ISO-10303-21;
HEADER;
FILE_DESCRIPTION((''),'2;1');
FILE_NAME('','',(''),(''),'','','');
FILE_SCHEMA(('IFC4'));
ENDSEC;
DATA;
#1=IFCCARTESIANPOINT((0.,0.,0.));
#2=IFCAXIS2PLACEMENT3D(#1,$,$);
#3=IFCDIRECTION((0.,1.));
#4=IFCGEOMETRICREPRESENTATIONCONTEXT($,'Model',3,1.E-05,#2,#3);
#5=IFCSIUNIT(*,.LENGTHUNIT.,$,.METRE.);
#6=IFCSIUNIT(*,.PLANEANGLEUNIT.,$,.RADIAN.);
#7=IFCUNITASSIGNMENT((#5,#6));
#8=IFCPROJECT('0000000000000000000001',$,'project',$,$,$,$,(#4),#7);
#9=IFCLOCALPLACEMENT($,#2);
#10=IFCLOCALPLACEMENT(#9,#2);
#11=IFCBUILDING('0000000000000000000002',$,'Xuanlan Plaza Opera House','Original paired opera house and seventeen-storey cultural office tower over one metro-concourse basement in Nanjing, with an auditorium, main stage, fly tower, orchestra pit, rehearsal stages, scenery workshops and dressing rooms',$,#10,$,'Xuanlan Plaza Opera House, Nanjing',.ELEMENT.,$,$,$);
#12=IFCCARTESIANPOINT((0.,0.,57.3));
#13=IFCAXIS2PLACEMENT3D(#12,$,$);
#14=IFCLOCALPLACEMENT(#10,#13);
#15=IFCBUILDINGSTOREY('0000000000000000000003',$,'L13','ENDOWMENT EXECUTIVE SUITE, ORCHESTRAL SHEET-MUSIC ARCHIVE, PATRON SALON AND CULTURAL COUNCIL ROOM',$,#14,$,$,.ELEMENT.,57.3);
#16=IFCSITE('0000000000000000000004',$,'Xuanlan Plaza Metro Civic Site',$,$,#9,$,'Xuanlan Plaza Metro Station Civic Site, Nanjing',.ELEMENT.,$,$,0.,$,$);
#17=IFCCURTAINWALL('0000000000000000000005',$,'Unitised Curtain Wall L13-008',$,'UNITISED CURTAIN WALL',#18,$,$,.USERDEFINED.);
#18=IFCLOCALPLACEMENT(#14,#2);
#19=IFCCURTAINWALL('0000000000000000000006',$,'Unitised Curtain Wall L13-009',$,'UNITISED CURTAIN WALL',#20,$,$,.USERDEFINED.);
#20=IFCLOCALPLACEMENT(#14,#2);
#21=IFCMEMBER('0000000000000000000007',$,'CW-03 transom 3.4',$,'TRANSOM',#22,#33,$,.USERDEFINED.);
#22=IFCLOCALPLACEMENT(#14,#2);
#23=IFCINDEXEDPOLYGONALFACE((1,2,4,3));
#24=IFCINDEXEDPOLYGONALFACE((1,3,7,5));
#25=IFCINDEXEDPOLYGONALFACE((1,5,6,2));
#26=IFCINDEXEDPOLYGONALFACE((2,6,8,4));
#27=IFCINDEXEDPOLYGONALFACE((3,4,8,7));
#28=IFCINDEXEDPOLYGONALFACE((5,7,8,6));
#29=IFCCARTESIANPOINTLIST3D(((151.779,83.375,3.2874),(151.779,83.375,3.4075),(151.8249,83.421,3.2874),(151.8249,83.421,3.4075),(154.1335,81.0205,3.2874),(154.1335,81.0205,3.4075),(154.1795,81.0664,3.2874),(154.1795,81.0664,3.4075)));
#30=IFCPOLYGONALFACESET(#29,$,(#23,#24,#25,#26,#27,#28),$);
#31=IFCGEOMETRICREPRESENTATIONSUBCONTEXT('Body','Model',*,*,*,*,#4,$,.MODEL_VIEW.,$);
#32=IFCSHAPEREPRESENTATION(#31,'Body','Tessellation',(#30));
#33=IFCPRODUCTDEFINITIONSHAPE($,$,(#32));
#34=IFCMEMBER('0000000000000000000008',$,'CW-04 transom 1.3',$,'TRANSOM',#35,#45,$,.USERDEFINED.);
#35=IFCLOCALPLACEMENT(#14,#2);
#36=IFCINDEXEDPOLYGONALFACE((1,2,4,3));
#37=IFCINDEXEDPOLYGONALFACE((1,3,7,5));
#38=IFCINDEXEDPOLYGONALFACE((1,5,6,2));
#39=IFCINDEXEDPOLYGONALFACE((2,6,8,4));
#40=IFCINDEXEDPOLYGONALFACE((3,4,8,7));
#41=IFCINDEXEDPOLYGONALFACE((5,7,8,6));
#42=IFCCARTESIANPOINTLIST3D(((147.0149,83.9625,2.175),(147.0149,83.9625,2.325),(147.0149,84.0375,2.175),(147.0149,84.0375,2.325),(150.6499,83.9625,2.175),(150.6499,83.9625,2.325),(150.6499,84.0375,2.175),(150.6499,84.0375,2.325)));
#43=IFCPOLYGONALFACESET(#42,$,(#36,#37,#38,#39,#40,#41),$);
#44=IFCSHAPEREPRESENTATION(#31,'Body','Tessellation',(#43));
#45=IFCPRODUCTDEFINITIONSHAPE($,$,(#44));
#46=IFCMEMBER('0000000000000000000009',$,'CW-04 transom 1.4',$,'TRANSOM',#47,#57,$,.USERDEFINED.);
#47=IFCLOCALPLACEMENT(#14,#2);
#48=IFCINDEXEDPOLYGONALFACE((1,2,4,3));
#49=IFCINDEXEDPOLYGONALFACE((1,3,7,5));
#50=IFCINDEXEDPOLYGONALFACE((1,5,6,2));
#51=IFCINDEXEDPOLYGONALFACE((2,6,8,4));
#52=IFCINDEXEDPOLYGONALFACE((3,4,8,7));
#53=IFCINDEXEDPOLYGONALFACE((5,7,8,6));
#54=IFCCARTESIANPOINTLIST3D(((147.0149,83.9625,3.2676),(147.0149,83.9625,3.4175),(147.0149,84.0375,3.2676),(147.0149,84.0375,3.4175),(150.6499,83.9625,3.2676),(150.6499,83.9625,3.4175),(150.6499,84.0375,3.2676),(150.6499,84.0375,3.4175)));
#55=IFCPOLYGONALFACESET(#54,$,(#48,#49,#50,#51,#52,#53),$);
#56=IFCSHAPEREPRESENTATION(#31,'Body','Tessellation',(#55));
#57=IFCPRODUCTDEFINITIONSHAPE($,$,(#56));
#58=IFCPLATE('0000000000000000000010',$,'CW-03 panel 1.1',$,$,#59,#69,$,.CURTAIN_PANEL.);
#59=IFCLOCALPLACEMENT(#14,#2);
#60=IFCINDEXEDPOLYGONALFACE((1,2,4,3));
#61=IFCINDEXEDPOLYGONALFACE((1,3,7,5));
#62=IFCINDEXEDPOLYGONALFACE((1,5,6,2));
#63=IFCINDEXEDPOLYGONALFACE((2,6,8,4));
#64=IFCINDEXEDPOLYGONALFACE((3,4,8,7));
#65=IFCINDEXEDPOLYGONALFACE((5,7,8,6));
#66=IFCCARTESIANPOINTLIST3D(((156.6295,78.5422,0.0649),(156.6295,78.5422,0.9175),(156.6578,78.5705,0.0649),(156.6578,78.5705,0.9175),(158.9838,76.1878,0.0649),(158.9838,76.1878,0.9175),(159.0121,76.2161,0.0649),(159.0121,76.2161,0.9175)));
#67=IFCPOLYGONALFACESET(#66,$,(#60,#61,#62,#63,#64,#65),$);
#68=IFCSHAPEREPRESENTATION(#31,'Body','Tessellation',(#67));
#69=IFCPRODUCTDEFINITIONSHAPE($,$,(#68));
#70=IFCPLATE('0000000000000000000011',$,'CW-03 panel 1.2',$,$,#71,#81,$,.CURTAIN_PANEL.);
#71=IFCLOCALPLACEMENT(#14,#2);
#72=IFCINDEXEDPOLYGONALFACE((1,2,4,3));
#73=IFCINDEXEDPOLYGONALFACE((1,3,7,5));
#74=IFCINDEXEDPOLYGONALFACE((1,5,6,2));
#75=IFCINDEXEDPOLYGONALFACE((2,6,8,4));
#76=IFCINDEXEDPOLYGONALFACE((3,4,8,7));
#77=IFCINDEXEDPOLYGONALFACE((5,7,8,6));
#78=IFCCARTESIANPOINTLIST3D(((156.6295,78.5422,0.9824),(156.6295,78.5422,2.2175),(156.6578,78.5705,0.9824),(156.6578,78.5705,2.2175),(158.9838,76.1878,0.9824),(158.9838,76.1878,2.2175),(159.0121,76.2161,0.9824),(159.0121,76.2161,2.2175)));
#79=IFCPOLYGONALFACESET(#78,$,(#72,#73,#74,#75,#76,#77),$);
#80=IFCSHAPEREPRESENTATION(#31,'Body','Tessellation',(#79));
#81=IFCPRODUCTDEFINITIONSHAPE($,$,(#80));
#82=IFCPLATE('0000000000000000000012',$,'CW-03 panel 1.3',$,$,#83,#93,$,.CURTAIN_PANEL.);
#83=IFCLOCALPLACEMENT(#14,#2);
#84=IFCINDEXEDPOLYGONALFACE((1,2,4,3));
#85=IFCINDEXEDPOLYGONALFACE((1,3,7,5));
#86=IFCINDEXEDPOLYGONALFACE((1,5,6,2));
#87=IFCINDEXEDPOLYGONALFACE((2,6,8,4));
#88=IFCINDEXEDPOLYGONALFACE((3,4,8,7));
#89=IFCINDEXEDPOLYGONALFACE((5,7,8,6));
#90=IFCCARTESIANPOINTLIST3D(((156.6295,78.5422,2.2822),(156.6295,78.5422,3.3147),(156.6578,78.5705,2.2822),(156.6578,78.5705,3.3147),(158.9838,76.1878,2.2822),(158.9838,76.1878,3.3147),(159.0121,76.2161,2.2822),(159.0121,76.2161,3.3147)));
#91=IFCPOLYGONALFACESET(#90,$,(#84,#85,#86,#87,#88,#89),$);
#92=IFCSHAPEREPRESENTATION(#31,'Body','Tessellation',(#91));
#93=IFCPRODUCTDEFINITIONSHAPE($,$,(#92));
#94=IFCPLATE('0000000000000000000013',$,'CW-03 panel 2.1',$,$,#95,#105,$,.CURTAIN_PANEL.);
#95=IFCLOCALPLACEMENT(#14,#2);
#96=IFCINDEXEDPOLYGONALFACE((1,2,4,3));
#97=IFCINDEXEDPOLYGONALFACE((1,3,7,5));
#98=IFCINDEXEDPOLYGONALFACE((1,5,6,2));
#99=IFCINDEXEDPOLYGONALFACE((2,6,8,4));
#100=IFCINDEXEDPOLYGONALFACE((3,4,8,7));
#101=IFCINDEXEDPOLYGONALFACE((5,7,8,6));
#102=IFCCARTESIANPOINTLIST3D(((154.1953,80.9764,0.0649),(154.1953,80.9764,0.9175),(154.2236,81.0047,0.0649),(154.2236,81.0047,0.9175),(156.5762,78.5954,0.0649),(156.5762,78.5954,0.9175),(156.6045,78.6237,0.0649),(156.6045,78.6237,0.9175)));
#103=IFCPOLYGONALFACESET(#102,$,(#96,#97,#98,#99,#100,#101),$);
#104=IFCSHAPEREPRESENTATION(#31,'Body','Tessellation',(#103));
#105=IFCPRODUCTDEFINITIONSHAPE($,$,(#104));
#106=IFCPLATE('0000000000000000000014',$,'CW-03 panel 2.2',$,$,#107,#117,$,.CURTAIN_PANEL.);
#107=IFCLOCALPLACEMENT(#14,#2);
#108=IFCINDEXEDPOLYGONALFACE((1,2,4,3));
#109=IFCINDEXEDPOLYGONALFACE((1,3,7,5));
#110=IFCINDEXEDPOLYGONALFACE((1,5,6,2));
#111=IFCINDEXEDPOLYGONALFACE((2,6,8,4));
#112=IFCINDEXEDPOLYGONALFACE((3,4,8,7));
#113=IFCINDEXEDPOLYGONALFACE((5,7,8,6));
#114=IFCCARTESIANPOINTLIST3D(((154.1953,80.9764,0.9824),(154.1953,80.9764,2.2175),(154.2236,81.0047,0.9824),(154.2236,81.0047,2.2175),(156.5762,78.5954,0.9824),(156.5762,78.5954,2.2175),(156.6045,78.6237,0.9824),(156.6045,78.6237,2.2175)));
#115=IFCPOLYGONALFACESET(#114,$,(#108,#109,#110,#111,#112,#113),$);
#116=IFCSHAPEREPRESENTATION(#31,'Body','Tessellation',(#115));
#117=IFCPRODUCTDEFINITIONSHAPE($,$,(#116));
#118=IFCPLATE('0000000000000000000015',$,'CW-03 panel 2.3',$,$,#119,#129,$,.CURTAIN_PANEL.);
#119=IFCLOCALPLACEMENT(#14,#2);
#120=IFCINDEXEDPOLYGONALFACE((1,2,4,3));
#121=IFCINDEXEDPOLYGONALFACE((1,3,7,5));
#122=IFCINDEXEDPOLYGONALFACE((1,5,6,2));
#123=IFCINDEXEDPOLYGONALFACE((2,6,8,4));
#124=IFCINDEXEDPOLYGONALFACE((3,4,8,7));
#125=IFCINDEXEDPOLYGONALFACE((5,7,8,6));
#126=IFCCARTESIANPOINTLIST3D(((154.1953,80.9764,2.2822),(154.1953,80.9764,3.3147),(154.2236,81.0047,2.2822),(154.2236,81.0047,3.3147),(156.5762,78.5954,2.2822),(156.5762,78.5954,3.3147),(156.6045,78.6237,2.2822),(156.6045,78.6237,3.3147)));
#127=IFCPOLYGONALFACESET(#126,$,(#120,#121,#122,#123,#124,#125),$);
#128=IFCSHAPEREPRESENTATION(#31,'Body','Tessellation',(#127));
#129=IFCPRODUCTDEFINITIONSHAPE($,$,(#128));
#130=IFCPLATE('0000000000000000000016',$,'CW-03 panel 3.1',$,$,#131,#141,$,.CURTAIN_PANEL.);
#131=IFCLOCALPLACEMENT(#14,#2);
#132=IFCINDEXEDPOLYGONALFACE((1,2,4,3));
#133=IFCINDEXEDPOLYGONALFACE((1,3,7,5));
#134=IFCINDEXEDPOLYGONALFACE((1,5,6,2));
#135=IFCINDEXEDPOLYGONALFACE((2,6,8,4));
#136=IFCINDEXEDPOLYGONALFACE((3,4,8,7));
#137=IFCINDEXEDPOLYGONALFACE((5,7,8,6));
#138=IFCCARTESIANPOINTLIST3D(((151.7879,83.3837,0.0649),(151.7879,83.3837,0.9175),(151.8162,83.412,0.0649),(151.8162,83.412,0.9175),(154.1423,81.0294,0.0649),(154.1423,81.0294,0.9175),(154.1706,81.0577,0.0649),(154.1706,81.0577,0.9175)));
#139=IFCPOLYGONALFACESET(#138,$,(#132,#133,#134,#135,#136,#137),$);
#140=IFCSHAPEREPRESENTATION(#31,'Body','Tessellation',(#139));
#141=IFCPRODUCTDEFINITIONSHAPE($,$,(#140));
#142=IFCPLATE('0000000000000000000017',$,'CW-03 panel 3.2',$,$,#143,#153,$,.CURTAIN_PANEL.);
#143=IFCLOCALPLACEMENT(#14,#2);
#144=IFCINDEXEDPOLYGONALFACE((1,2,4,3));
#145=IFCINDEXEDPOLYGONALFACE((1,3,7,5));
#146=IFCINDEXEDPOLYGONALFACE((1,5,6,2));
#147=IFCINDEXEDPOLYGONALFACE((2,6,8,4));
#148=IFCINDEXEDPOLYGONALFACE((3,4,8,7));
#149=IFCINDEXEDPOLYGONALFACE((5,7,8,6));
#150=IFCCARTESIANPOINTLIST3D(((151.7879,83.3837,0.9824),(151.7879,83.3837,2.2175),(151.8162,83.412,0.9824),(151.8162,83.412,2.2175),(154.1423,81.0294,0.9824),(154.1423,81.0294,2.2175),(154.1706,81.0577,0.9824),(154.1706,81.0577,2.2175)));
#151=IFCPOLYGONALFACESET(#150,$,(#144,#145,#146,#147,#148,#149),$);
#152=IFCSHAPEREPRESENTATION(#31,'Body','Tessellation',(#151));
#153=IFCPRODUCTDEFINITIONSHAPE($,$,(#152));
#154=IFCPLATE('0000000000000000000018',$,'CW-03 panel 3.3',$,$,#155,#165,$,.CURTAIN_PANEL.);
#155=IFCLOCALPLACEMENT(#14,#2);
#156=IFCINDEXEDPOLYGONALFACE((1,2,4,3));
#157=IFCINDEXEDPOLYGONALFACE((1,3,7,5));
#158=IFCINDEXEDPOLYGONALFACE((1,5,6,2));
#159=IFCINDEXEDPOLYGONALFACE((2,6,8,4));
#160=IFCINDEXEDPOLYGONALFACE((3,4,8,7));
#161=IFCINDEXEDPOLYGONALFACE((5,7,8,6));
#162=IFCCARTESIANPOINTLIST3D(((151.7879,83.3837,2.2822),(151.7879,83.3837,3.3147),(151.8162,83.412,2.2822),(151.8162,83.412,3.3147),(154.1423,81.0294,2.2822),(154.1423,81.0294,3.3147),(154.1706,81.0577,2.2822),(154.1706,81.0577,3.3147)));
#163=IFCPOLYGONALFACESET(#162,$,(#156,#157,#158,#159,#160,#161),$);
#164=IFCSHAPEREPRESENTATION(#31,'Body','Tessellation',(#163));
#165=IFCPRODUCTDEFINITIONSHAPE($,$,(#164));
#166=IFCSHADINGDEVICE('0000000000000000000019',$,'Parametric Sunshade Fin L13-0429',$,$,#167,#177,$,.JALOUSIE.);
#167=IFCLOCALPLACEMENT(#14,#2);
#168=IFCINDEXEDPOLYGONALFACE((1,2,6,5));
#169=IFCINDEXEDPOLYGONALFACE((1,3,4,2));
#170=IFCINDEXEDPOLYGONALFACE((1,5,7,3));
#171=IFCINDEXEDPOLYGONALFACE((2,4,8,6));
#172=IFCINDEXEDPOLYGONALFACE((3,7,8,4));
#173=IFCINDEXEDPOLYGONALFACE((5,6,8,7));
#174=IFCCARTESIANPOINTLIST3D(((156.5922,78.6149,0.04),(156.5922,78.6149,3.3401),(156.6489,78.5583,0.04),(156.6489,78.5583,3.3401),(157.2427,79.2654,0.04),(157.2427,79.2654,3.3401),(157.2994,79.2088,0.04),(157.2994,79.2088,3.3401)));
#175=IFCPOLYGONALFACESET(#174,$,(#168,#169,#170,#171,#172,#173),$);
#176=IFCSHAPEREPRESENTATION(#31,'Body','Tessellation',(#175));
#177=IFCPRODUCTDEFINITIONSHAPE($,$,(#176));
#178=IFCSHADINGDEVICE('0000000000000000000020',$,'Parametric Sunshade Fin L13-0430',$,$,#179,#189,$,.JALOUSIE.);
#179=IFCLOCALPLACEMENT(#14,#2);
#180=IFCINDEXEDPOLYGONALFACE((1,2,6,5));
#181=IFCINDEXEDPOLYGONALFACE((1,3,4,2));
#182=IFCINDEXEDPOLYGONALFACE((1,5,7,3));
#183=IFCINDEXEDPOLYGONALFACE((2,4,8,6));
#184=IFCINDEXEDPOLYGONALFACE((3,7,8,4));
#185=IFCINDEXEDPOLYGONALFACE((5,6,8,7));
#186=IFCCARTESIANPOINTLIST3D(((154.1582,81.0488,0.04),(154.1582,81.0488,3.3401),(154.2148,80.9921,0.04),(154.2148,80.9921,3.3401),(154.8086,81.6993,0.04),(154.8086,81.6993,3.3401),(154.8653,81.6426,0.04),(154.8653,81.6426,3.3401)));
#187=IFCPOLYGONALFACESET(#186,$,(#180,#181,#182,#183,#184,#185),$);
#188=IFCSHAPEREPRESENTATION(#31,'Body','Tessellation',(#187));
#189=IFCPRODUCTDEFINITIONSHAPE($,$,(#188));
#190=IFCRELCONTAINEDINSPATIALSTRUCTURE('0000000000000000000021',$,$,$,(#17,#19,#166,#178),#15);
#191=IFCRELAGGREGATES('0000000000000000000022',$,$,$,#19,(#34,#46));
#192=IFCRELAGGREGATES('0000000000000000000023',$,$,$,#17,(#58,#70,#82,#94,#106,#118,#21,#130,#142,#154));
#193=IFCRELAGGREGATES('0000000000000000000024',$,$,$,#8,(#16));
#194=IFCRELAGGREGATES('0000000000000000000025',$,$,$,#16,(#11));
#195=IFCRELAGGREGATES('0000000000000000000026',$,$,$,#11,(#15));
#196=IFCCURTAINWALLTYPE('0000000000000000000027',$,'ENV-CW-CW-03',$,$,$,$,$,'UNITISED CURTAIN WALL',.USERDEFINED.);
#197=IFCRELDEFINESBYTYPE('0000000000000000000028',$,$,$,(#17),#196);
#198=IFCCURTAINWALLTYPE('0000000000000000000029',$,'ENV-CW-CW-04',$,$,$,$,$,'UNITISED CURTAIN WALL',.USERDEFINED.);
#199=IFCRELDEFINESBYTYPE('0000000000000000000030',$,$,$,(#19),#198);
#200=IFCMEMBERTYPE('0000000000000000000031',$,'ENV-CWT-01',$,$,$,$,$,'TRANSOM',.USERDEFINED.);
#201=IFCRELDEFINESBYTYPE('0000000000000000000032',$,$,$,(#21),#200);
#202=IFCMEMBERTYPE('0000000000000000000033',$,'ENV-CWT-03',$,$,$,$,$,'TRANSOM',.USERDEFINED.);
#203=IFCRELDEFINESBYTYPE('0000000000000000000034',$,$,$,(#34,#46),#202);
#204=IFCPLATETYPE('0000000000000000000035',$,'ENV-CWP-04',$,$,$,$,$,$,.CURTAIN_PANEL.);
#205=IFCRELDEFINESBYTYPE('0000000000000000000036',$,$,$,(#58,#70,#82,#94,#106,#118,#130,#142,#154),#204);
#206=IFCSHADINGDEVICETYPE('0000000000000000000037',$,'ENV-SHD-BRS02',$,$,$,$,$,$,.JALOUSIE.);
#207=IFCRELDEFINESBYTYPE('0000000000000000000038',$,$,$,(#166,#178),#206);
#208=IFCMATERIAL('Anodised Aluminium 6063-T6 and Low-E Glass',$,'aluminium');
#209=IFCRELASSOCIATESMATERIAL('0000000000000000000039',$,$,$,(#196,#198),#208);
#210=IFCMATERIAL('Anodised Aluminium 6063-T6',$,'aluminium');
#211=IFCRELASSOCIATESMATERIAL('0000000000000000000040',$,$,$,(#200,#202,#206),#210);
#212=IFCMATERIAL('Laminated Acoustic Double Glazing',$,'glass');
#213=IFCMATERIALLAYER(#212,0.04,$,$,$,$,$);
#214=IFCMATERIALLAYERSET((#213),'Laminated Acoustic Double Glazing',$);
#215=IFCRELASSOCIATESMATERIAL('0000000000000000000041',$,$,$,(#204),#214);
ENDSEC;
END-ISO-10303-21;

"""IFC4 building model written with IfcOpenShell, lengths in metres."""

from ifc_helpers import new_model, si_unit, direction, frame, origin, origin_2d, place, context, subcontext, project, spatial, rectangle, extrude, material, layer, layer_set, material_profile, profile_set, type_object, element, aggregate, save


model = new_model("IFC4")

# Units and contexts
model_context = context("Model", 3, precision=1e-05, world=origin(), true_north=direction((0.0, 1.0)))
body_context = subcontext(model_context, "Body", "Model", "MODEL_VIEW")
ifc_project = project(units=[si_unit("LENGTHUNIT", "METRE"), si_unit("PLANEANGLEUNIT", "RADIAN")], contexts=[model_context])

# Site, building, storey
site_placement = place(None, origin())
site = spatial("IfcSite", under=ifc_project, at=site_placement, Name="Xuanlan Plaza Metro Civic Site", LongName="Xuanlan Plaza Metro Station Civic Site, Nanjing", CompositionType="ELEMENT", RefElevation=0.0)
building_placement = place(site_placement, origin())
building = spatial("IfcBuilding", under=site, at=building_placement, Name="Xuanlan Plaza Opera House", Description="Original paired opera house and seventeen-storey cultural office tower over one metro-concourse basement in Nanjing, with an auditorium, main stage, fly tower, orchestra pit, rehearsal stages, scenery workshops and dressing rooms", LongName="Xuanlan Plaza Opera House, Nanjing", CompositionType="ELEMENT")
storey_placement = place(building_placement, frame((0.0, 0.0, 57.3)))
storey = spatial("IfcBuildingStorey", under=building, at=storey_placement, Name="L13", Description="ENDOWMENT EXECUTIVE SUITE, ORCHESTRAL SHEET-MUSIC ARCHIVE, PATRON SALON AND CULTURAL COUNCIL ROOM", CompositionType="ELEMENT", Elevation=57.3)

# Curtain wall
ifc_material_1 = material(Name="Anodised Aluminium 6063-T6 and Low-E Glass", Category="aluminium")
curtain_wall_type_1 = type_object("IfcCurtainWallType", Name="ENV-CW-CW-03", ElementType="UNITISED CURTAIN WALL", PredefinedType="USERDEFINED", material=ifc_material_1)
curtain_wall_1_placement = place(storey_placement, origin())
curtain_wall_1 = element("IfcCurtainWall", 1, at=curtain_wall_1_placement, inside=storey, type_object=curtain_wall_type_1, Name="Unitised Curtain Wall L13-008", ObjectType="UNITISED CURTAIN WALL", PredefinedType="USERDEFINED")
ifc_material_2 = material(Name="Anodised Aluminium 6063-T6", Category="aluminium")

# Curtain wall
curtain_wall_type_2 = type_object("IfcCurtainWallType", Name="ENV-CW-CW-04", ElementType="UNITISED CURTAIN WALL", PredefinedType="USERDEFINED", material=ifc_material_1)
curtain_wall_2_placement = place(storey_placement, origin())
curtain_wall_2 = element("IfcCurtainWall", 2, at=curtain_wall_2_placement, inside=storey, type_object=curtain_wall_type_2, Name="Unitised Curtain Wall L13-009", ObjectType="UNITISED CURTAIN WALL", PredefinedType="USERDEFINED")

# Members
ifc_material_profile_1 = material_profile(ifc_material_2, rectangle(XDim=0.0649, YDim=0.1201, at=origin_2d()), Name="ALU-T 65x120")
ifc_profile_set_1 = profile_set([ifc_material_profile_1], Name="Anodised Aluminium 6063-T6")
member_type_1 = type_object("IfcMemberType", Name="ENV-CWT-01", ElementType="TRANSOM", PredefinedType="USERDEFINED", material=ifc_profile_set_1)
member_1_placement = place(storey_placement, frame((154.1565, 81.0435, 3.3474), z_axis=(-0.707107, 0.707107, 0.0), x_axis=(-0.707107, -0.707107, 0.0)))
member_1 = element("IfcMember", 3, at=member_1_placement, type_object=member_type_1, Name="CW-03 transom 3.4", ObjectType="TRANSOM", PredefinedType="USERDEFINED", context=body_context, shape_type="SweptSolid", body=[
    extrude(rectangle(XDim=0.0649, YDim=0.1201, at=origin_2d()), origin(), (0.0, 0.0, 1.0), 3.3298),
])
ifc_material_profile_2 = material_profile(ifc_material_2, rectangle(XDim=0.075, YDim=0.1499, at=origin_2d()), Name="ALU-T 75x150")
ifc_profile_set_2 = profile_set([ifc_material_profile_2], Name="Anodised Aluminium 6063-T6")
member_type_2 = type_object("IfcMemberType", Name="ENV-CWT-03", ElementType="TRANSOM", PredefinedType="USERDEFINED", material=ifc_profile_set_2)
member_2_placement = place(storey_placement, frame((150.6499, 84.0, 2.25), z_axis=(-1.0, 0.0, 0.0), x_axis=(0.0, -1.0, 0.0)))
member_2 = element("IfcMember", 4, at=member_2_placement, type_object=member_type_2, Name="CW-04 transom 1.3", ObjectType="TRANSOM", PredefinedType="USERDEFINED", context=body_context, shape_type="SweptSolid", body=[
    extrude(rectangle(XDim=0.075, YDim=0.1499, at=origin_2d()), origin(), (0.0, 0.0, 1.0), 3.635),
])
member_3_placement = place(storey_placement, frame((150.6499, 84.0, 3.3425), z_axis=(-1.0, 0.0, 0.0), x_axis=(0.0, -1.0, 0.0)))
member_3 = element("IfcMember", 5, at=member_3_placement, type_object=member_type_2, Name="CW-04 transom 1.4", ObjectType="TRANSOM", PredefinedType="USERDEFINED", context=body_context, shape_type="SweptSolid", body=[
    extrude(rectangle(XDim=0.075, YDim=0.1499, at=origin_2d()), origin(), (0.0, 0.0, 1.0), 3.635),
])
aggregate(curtain_wall_2, [member_2, member_3])

# Plates
ifc_material_3 = material(Name="Laminated Acoustic Double Glazing", Category="glass")
ifc_layer = layer(ifc_material_3, 0.04)
ifc_layer_set = layer_set([ifc_layer], Name="Laminated Acoustic Double Glazing")
plate_type = type_object("IfcPlateType", Name="ENV-CWP-04", PredefinedType="CURTAIN_PANEL", material=ifc_layer_set)
plate_1_placement = place(storey_placement, frame((157.8208, 77.3792, 0.0649), z_axis=(0.0, 0.0, 1.0), x_axis=(-0.707107, 0.707107, 0.0)))
plate_1 = element("IfcPlate", 6, at=plate_1_placement, type_object=plate_type, Name="CW-03 panel 1.1", PredefinedType="CURTAIN_PANEL", context=body_context, shape_type="SweptSolid", body=[
    extrude(rectangle(XDim=3.3296, YDim=0.04, at=origin_2d()), origin(), (0.0, 0.0, 1.0), 0.8525),
])
plate_2_placement = place(storey_placement, frame((157.8208, 77.3792, 0.9824), z_axis=(0.0, 0.0, 1.0), x_axis=(-0.707107, 0.707107, 0.0)))
plate_2 = element("IfcPlate", 7, at=plate_2_placement, type_object=plate_type, Name="CW-03 panel 1.2", PredefinedType="CURTAIN_PANEL", context=body_context, shape_type="SweptSolid", body=[
    extrude(rectangle(XDim=3.3296, YDim=0.04, at=origin_2d()), origin(), (0.0, 0.0, 1.0), 1.2351),
])
plate_3_placement = place(storey_placement, frame((157.8208, 77.3792, 2.2822), z_axis=(0.0, 0.0, 1.0), x_axis=(-0.707107, 0.707107, 0.0)))
plate_3 = element("IfcPlate", 8, at=plate_3_placement, type_object=plate_type, Name="CW-03 panel 1.3", PredefinedType="CURTAIN_PANEL", context=body_context, shape_type="SweptSolid", body=[
    extrude(rectangle(XDim=3.3296, YDim=0.04, at=origin_2d()), origin(), (0.0, 0.0, 1.0), 1.0325),
])
plate_4_placement = place(storey_placement, frame((155.3999, 79.8, 0.0649), z_axis=(0.0, 0.0, 1.0), x_axis=(-0.707107, 0.707107, 0.0)))
plate_4 = element("IfcPlate", 9, at=plate_4_placement, type_object=plate_type, Name="CW-03 panel 2.1", PredefinedType="CURTAIN_PANEL", context=body_context, shape_type="SweptSolid", body=[
    extrude(rectangle(XDim=3.3672, YDim=0.04, at=origin_2d()), origin(), (0.0, 0.0, 1.0), 0.8525),
])
plate_5_placement = place(storey_placement, frame((155.3999, 79.8, 0.9824), z_axis=(0.0, 0.0, 1.0), x_axis=(-0.707107, 0.707107, 0.0)))
plate_5 = element("IfcPlate", 10, at=plate_5_placement, type_object=plate_type, Name="CW-03 panel 2.2", PredefinedType="CURTAIN_PANEL", context=body_context, shape_type="SweptSolid", body=[
    extrude(rectangle(XDim=3.3672, YDim=0.04, at=origin_2d()), origin(), (0.0, 0.0, 1.0), 1.2351),
])
plate_6_placement = place(storey_placement, frame((155.3999, 79.8, 2.2822), z_axis=(0.0, 0.0, 1.0), x_axis=(-0.707107, 0.707107, 0.0)))
plate_6 = element("IfcPlate", 11, at=plate_6_placement, type_object=plate_type, Name="CW-03 panel 2.3", PredefinedType="CURTAIN_PANEL", context=body_context, shape_type="SweptSolid", body=[
    extrude(rectangle(XDim=3.3672, YDim=0.04, at=origin_2d()), origin(), (0.0, 0.0, 1.0), 1.0325),
])
plate_7_placement = place(storey_placement, frame((152.9792, 82.2207, 0.0649), z_axis=(0.0, 0.0, 1.0), x_axis=(-0.707107, 0.707107, 0.0)))
plate_7 = element("IfcPlate", 12, at=plate_7_placement, type_object=plate_type, Name="CW-03 panel 3.1", PredefinedType="CURTAIN_PANEL", context=body_context, shape_type="SweptSolid", body=[
    extrude(rectangle(XDim=3.3296, YDim=0.04, at=origin_2d()), origin(), (0.0, 0.0, 1.0), 0.8525),
])
plate_8_placement = place(storey_placement, frame((152.9792, 82.2207, 0.9824), z_axis=(0.0, 0.0, 1.0), x_axis=(-0.707107, 0.707107, 0.0)))
plate_8 = element("IfcPlate", 13, at=plate_8_placement, type_object=plate_type, Name="CW-03 panel 3.2", PredefinedType="CURTAIN_PANEL", context=body_context, shape_type="SweptSolid", body=[
    extrude(rectangle(XDim=3.3296, YDim=0.04, at=origin_2d()), origin(), (0.0, 0.0, 1.0), 1.2351),
])
plate_9_placement = place(storey_placement, frame((152.9792, 82.2207, 2.2822), z_axis=(0.0, 0.0, 1.0), x_axis=(-0.707107, 0.707107, 0.0)))
plate_9 = element("IfcPlate", 14, at=plate_9_placement, type_object=plate_type, Name="CW-03 panel 3.3", PredefinedType="CURTAIN_PANEL", context=body_context, shape_type="SweptSolid", body=[
    extrude(rectangle(XDim=3.3296, YDim=0.04, at=origin_2d()), origin(), (0.0, 0.0, 1.0), 1.0325),
])
aggregate(curtain_wall_1, [plate_1, plate_2, plate_3, plate_4, plate_5, plate_6, member_1, plate_7, plate_8, plate_9])

# Shading devices
shading_device_type = type_object("IfcShadingDeviceType", Name="ENV-SHD-BRS02", PredefinedType="JALOUSIE", material=ifc_material_2)
for number, where, z_axis, x_axis, name in (
    (15, (156.9458, 78.9119, 0.04), (0.0, 0.0, 1.0), (0.707107, 0.707107, 0.0), "Parametric Sunshade Fin L13-0429"),
    (16, (154.5117, 81.3457, 0.04), (0.0, 0.0, 1.0), (0.707107, 0.707107, 0.0), "Parametric Sunshade Fin L13-0430"),
):
    element("IfcShadingDevice", number, at=place(storey_placement, frame(where, z_axis=z_axis, x_axis=x_axis)), inside=storey, type_object=shading_device_type, Name=name, PredefinedType="JALOUSIE", context=body_context, shape_type="SweptSolid", body=[
        extrude(rectangle(XDim=0.9199, YDim=0.0801, at=origin_2d()), origin(), (0.0, 0.0, 1.0), 3.3),
    ])

save(model, "model.ifc")
